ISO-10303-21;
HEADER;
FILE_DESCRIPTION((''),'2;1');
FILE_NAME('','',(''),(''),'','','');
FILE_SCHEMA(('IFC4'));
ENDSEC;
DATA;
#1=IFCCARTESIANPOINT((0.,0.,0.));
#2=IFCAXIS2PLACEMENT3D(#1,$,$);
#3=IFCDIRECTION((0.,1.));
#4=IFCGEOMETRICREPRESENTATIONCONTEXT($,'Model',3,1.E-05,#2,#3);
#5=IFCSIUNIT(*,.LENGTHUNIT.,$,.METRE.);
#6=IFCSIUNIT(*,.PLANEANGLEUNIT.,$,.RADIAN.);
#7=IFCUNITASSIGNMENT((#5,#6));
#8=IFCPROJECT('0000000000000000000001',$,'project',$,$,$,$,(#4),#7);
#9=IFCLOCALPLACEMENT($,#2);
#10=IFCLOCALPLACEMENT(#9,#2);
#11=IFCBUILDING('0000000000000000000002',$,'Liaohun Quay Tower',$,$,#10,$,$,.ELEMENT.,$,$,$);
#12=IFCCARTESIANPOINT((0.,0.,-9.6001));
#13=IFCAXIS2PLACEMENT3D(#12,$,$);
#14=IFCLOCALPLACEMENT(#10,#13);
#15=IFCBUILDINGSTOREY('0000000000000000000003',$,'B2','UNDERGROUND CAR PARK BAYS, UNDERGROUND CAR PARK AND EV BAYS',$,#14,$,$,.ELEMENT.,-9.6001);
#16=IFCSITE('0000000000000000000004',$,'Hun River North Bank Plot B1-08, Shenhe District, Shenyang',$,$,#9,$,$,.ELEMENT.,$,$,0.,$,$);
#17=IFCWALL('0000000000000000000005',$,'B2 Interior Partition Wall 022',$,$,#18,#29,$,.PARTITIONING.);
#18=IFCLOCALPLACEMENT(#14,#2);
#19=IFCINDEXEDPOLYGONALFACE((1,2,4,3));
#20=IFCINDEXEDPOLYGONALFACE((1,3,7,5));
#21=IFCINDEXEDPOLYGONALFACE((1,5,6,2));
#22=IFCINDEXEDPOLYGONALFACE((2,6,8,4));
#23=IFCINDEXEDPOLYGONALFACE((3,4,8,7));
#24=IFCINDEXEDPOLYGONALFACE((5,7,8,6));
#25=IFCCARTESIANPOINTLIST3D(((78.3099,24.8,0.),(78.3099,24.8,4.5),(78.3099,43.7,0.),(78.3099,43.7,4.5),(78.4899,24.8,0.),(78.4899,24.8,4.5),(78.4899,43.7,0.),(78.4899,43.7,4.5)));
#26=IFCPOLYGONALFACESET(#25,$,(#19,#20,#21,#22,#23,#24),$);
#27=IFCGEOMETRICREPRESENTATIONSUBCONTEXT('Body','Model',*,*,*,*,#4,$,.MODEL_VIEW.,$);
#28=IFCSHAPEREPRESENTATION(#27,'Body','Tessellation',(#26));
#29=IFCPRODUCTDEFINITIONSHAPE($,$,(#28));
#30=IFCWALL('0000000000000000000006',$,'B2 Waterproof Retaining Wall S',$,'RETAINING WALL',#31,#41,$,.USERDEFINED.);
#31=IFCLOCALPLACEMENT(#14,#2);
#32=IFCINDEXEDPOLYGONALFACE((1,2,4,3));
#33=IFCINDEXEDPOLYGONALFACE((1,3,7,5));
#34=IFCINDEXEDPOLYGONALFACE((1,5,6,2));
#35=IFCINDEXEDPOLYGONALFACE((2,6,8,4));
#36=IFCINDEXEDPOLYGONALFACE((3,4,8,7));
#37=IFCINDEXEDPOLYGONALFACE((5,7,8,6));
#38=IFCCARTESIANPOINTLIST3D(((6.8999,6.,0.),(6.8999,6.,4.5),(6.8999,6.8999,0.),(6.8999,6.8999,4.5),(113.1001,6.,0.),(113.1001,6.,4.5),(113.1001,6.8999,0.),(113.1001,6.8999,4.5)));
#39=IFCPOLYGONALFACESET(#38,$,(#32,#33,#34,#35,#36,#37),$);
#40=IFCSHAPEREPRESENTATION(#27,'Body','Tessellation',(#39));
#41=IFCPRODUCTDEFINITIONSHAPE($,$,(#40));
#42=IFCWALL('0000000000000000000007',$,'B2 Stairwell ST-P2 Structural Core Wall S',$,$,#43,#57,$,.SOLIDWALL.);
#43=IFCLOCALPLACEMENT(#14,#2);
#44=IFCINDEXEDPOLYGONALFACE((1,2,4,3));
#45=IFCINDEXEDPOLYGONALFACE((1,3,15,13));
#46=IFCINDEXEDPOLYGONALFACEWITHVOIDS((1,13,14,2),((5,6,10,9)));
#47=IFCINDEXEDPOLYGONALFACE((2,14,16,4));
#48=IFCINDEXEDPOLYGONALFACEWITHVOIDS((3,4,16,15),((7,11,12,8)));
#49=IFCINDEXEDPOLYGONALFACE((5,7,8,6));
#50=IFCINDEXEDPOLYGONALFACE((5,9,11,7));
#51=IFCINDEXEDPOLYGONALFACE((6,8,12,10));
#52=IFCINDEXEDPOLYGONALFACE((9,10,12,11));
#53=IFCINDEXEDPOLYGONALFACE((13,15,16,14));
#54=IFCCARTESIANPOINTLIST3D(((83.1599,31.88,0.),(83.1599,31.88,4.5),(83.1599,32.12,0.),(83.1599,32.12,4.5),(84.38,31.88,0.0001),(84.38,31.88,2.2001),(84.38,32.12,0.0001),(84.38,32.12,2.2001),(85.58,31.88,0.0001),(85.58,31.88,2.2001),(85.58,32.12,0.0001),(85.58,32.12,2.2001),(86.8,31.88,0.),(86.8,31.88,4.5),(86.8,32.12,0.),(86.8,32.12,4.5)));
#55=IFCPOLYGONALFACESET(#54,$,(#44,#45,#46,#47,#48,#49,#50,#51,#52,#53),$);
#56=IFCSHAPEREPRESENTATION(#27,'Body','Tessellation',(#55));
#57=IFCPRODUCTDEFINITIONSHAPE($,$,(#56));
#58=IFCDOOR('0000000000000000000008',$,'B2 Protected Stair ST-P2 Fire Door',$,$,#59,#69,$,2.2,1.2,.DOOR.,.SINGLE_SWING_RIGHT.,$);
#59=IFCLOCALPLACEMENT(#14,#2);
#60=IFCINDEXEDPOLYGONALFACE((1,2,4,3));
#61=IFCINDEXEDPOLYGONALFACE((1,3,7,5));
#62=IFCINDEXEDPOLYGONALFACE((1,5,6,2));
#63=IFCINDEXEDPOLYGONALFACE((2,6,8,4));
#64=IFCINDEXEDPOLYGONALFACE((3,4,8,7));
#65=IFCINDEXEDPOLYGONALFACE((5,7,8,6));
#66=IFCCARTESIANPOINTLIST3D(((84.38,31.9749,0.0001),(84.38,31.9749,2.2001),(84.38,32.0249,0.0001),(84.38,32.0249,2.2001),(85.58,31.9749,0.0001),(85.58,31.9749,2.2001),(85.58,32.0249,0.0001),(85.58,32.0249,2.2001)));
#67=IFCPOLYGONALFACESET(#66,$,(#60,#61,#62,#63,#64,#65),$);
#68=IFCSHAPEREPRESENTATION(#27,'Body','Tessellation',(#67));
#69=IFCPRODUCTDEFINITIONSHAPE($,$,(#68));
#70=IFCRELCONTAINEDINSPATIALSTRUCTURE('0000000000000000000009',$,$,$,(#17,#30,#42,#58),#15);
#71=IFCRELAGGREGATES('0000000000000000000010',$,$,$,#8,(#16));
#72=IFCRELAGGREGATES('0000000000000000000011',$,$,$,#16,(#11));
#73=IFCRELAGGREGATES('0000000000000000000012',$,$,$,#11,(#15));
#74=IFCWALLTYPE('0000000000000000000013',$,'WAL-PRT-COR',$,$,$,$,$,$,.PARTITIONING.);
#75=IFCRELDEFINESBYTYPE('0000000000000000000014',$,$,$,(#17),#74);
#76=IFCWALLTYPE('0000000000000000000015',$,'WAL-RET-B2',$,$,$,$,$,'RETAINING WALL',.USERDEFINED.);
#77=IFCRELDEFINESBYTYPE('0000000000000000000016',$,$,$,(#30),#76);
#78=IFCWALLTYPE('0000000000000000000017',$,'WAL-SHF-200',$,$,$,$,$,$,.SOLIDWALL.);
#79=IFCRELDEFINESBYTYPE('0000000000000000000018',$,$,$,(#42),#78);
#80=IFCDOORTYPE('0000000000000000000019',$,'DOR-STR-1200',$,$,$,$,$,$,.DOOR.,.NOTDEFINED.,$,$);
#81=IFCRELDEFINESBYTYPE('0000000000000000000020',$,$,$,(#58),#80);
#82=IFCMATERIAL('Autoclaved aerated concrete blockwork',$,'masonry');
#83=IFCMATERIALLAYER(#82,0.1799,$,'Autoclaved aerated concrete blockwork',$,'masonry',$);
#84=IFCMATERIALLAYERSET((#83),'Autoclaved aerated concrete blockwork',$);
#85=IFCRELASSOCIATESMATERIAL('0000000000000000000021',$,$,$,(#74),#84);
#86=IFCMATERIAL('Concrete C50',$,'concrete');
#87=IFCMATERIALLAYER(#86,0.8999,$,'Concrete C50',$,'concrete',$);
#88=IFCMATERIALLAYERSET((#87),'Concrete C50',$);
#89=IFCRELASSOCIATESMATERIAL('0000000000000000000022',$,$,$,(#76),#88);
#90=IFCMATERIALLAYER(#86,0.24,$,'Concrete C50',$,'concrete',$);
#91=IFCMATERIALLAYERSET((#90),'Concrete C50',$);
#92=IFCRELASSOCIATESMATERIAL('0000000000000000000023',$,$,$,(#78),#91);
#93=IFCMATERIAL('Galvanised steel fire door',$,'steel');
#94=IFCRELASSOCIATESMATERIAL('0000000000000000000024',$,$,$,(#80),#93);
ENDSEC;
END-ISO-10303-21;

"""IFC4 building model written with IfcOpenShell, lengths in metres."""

from ifc_helpers import new_model, si_unit, direction, frame, frame_2d, origin, place, context, subcontext, project, spatial, rectangle, extrude, source, transform, mapped, material, layer, layer_set, type_object, element, fill, save


model = new_model("IFC4")

# Units and contexts
model_context = context("Model", 3, precision=1e-05, world=origin(), true_north=direction((0.0, 1.0)))
body_context = subcontext(model_context, "Body", "Model", "MODEL_VIEW")
ifc_project = project(units=[si_unit("LENGTHUNIT", "METRE"), si_unit("PLANEANGLEUNIT", "RADIAN")], contexts=[model_context])

# Site, building, storey
site_placement = place(None, origin())
site = spatial("IfcSite", under=ifc_project, at=site_placement, Name="Hun River North Bank Plot B1-08, Shenhe District, Shenyang", CompositionType="ELEMENT", RefElevation=0.0)
building_placement = place(site_placement, origin())
building = spatial("IfcBuilding", under=site, at=building_placement, Name="Liaohun Quay Tower", CompositionType="ELEMENT")
storey_placement = place(building_placement, frame((0.0, 0.0, -9.6001)))
storey = spatial("IfcBuildingStorey", under=building, at=storey_placement, Name="B2", Description="UNDERGROUND CAR PARK BAYS, UNDERGROUND CAR PARK AND EV BAYS", CompositionType="ELEMENT", Elevation=-9.6001)

# Walls
ifc_material_1 = material(Name="Autoclaved aerated concrete blockwork", Category="masonry")
ifc_layer_1 = layer(ifc_material_1, 0.1799, Name="Autoclaved aerated concrete blockwork", Category="masonry")
ifc_layer_set_1 = layer_set([ifc_layer_1], Name="Autoclaved aerated concrete blockwork")
wall_type_1 = type_object("IfcWallType", Name="WAL-PRT-COR", PredefinedType="PARTITIONING", material=ifc_layer_set_1)
wall_1_placement = place(storey_placement, frame((78.3999, 24.8, 0.0), z_axis=(0.0, 0.0, 1.0), x_axis=(0.0, 1.0, 0.0)))
element("IfcWall", 1, at=wall_1_placement, inside=storey, type_object=wall_type_1, Name="B2 Interior Partition Wall 022", PredefinedType="PARTITIONING", context=body_context, shape_type="SweptSolid", body=[
    extrude(rectangle(XDim=18.8999, YDim=0.1799, at=frame_2d((9.45, 0.0))), origin(), (0.0, 0.0, 1.0), 4.5),
])
ifc_material_2 = material(Name="Concrete C50", Category="concrete")
ifc_layer_2 = layer(ifc_material_2, 0.8999, Name="Concrete C50", Category="concrete")
ifc_layer_set_2 = layer_set([ifc_layer_2], Name="Concrete C50")
wall_type_2 = type_object("IfcWallType", Name="WAL-RET-B2", ElementType="RETAINING WALL", PredefinedType="USERDEFINED", material=ifc_layer_set_2)
wall_2_placement = place(storey_placement, frame((113.1001, 6.45, 0.0), z_axis=(0.0, 0.0, 1.0), x_axis=(-1.0, 0.0, 0.0)))
element("IfcWall", 2, at=wall_2_placement, inside=storey, type_object=wall_type_2, Name="B2 Waterproof Retaining Wall S", ObjectType="RETAINING WALL", PredefinedType="USERDEFINED", context=body_context, shape_type="SweptSolid", body=[
    extrude(rectangle(XDim=106.2002, YDim=0.8999, at=frame_2d((53.1001, 0.0))), origin(), (0.0, 0.0, 1.0), 4.5),
])

# Wall, opening, door
ifc_layer_3 = layer(ifc_material_2, 0.24, Name="Concrete C50", Category="concrete")
ifc_layer_set_3 = layer_set([ifc_layer_3], Name="Concrete C50")
wall_type_3 = type_object("IfcWallType", Name="WAL-SHF-200", PredefinedType="SOLIDWALL", material=ifc_layer_set_3)
wall_3_placement = place(storey_placement, frame((83.1599, 32.0, 0.0), z_axis=(0.0, 0.0, 1.0), x_axis=(1.0, 0.0, 0.0)))
wall_3 = element("IfcWall", 3, at=wall_3_placement, inside=storey, type_object=wall_type_3, Name="B2 Stairwell ST-P2 Structural Core Wall S", PredefinedType="SOLIDWALL", context=body_context, shape_type="SweptSolid", body=[
    extrude(rectangle(XDim=3.6401, YDim=0.24, at=frame_2d((1.8201, 0.0))), origin(), (0.0, 0.0, 1.0), 4.5),
])
shared_shape_1 = source(origin(), body_context, "Body", "SweptSolid", [
    extrude(rectangle(XDim=1.2, YDim=2.2, at=frame_2d((0.6001, 1.1001))), frame((0.0, 0.1299, 0.0), z_axis=(0.0, -1.0, 0.0), x_axis=(1.0, 0.0, 0.0)), (0.0, 0.0, 1.0), 0.26),
])
opening_placement = place(wall_3_placement, frame((1.22, 0.0, 0.0)))
opening = element("IfcOpeningElement", 4, at=opening_placement, cuts=wall_3, PredefinedType="OPENING", context=body_context, shape_type="MappedRepresentation", body=[
    mapped(shared_shape_1, transform((0.0, 0.0, 0.0), x_axis=(1.0, 0.0, 0.0), y_axis=(0.0, 1.0, 0.0), z_axis=(0.0, 0.0, 1.0), scale=1.0)),
])
ifc_material_3 = material(Name="Galvanised steel fire door", Category="steel")
door_type = type_object("IfcDoorType", Name="DOR-STR-1200", OperationType="NOTDEFINED", PredefinedType="DOOR", material=ifc_material_3)
shared_shape_2 = source(origin(), body_context, "Body", "SweptSolid", [
    extrude(rectangle(XDim=1.2, YDim=2.2, at=frame_2d((0.6001, 1.1001))), frame((0.0, 0.0249, 0.0), z_axis=(0.0, -1.0, 0.0), x_axis=(1.0, 0.0, 0.0)), (0.0, 0.0, 1.0), 0.05),
])
door_placement = place(opening_placement, origin())
door = element("IfcDoor", 5, at=door_placement, inside=storey, type_object=door_type, Name="B2 Protected Stair ST-P2 Fire Door", OperationType="SINGLE_SWING_RIGHT", OverallHeight=2.2, OverallWidth=1.2, PredefinedType="DOOR", context=body_context, shape_type="MappedRepresentation", body=[
    mapped(shared_shape_2, transform((0.0, 0.0, 0.0), x_axis=(1.0, 0.0, 0.0), y_axis=(0.0, 1.0, 0.0), z_axis=(0.0, 0.0, 1.0), scale=1.0)),
])
fill(opening, door)

save(model, "model.ifc")
